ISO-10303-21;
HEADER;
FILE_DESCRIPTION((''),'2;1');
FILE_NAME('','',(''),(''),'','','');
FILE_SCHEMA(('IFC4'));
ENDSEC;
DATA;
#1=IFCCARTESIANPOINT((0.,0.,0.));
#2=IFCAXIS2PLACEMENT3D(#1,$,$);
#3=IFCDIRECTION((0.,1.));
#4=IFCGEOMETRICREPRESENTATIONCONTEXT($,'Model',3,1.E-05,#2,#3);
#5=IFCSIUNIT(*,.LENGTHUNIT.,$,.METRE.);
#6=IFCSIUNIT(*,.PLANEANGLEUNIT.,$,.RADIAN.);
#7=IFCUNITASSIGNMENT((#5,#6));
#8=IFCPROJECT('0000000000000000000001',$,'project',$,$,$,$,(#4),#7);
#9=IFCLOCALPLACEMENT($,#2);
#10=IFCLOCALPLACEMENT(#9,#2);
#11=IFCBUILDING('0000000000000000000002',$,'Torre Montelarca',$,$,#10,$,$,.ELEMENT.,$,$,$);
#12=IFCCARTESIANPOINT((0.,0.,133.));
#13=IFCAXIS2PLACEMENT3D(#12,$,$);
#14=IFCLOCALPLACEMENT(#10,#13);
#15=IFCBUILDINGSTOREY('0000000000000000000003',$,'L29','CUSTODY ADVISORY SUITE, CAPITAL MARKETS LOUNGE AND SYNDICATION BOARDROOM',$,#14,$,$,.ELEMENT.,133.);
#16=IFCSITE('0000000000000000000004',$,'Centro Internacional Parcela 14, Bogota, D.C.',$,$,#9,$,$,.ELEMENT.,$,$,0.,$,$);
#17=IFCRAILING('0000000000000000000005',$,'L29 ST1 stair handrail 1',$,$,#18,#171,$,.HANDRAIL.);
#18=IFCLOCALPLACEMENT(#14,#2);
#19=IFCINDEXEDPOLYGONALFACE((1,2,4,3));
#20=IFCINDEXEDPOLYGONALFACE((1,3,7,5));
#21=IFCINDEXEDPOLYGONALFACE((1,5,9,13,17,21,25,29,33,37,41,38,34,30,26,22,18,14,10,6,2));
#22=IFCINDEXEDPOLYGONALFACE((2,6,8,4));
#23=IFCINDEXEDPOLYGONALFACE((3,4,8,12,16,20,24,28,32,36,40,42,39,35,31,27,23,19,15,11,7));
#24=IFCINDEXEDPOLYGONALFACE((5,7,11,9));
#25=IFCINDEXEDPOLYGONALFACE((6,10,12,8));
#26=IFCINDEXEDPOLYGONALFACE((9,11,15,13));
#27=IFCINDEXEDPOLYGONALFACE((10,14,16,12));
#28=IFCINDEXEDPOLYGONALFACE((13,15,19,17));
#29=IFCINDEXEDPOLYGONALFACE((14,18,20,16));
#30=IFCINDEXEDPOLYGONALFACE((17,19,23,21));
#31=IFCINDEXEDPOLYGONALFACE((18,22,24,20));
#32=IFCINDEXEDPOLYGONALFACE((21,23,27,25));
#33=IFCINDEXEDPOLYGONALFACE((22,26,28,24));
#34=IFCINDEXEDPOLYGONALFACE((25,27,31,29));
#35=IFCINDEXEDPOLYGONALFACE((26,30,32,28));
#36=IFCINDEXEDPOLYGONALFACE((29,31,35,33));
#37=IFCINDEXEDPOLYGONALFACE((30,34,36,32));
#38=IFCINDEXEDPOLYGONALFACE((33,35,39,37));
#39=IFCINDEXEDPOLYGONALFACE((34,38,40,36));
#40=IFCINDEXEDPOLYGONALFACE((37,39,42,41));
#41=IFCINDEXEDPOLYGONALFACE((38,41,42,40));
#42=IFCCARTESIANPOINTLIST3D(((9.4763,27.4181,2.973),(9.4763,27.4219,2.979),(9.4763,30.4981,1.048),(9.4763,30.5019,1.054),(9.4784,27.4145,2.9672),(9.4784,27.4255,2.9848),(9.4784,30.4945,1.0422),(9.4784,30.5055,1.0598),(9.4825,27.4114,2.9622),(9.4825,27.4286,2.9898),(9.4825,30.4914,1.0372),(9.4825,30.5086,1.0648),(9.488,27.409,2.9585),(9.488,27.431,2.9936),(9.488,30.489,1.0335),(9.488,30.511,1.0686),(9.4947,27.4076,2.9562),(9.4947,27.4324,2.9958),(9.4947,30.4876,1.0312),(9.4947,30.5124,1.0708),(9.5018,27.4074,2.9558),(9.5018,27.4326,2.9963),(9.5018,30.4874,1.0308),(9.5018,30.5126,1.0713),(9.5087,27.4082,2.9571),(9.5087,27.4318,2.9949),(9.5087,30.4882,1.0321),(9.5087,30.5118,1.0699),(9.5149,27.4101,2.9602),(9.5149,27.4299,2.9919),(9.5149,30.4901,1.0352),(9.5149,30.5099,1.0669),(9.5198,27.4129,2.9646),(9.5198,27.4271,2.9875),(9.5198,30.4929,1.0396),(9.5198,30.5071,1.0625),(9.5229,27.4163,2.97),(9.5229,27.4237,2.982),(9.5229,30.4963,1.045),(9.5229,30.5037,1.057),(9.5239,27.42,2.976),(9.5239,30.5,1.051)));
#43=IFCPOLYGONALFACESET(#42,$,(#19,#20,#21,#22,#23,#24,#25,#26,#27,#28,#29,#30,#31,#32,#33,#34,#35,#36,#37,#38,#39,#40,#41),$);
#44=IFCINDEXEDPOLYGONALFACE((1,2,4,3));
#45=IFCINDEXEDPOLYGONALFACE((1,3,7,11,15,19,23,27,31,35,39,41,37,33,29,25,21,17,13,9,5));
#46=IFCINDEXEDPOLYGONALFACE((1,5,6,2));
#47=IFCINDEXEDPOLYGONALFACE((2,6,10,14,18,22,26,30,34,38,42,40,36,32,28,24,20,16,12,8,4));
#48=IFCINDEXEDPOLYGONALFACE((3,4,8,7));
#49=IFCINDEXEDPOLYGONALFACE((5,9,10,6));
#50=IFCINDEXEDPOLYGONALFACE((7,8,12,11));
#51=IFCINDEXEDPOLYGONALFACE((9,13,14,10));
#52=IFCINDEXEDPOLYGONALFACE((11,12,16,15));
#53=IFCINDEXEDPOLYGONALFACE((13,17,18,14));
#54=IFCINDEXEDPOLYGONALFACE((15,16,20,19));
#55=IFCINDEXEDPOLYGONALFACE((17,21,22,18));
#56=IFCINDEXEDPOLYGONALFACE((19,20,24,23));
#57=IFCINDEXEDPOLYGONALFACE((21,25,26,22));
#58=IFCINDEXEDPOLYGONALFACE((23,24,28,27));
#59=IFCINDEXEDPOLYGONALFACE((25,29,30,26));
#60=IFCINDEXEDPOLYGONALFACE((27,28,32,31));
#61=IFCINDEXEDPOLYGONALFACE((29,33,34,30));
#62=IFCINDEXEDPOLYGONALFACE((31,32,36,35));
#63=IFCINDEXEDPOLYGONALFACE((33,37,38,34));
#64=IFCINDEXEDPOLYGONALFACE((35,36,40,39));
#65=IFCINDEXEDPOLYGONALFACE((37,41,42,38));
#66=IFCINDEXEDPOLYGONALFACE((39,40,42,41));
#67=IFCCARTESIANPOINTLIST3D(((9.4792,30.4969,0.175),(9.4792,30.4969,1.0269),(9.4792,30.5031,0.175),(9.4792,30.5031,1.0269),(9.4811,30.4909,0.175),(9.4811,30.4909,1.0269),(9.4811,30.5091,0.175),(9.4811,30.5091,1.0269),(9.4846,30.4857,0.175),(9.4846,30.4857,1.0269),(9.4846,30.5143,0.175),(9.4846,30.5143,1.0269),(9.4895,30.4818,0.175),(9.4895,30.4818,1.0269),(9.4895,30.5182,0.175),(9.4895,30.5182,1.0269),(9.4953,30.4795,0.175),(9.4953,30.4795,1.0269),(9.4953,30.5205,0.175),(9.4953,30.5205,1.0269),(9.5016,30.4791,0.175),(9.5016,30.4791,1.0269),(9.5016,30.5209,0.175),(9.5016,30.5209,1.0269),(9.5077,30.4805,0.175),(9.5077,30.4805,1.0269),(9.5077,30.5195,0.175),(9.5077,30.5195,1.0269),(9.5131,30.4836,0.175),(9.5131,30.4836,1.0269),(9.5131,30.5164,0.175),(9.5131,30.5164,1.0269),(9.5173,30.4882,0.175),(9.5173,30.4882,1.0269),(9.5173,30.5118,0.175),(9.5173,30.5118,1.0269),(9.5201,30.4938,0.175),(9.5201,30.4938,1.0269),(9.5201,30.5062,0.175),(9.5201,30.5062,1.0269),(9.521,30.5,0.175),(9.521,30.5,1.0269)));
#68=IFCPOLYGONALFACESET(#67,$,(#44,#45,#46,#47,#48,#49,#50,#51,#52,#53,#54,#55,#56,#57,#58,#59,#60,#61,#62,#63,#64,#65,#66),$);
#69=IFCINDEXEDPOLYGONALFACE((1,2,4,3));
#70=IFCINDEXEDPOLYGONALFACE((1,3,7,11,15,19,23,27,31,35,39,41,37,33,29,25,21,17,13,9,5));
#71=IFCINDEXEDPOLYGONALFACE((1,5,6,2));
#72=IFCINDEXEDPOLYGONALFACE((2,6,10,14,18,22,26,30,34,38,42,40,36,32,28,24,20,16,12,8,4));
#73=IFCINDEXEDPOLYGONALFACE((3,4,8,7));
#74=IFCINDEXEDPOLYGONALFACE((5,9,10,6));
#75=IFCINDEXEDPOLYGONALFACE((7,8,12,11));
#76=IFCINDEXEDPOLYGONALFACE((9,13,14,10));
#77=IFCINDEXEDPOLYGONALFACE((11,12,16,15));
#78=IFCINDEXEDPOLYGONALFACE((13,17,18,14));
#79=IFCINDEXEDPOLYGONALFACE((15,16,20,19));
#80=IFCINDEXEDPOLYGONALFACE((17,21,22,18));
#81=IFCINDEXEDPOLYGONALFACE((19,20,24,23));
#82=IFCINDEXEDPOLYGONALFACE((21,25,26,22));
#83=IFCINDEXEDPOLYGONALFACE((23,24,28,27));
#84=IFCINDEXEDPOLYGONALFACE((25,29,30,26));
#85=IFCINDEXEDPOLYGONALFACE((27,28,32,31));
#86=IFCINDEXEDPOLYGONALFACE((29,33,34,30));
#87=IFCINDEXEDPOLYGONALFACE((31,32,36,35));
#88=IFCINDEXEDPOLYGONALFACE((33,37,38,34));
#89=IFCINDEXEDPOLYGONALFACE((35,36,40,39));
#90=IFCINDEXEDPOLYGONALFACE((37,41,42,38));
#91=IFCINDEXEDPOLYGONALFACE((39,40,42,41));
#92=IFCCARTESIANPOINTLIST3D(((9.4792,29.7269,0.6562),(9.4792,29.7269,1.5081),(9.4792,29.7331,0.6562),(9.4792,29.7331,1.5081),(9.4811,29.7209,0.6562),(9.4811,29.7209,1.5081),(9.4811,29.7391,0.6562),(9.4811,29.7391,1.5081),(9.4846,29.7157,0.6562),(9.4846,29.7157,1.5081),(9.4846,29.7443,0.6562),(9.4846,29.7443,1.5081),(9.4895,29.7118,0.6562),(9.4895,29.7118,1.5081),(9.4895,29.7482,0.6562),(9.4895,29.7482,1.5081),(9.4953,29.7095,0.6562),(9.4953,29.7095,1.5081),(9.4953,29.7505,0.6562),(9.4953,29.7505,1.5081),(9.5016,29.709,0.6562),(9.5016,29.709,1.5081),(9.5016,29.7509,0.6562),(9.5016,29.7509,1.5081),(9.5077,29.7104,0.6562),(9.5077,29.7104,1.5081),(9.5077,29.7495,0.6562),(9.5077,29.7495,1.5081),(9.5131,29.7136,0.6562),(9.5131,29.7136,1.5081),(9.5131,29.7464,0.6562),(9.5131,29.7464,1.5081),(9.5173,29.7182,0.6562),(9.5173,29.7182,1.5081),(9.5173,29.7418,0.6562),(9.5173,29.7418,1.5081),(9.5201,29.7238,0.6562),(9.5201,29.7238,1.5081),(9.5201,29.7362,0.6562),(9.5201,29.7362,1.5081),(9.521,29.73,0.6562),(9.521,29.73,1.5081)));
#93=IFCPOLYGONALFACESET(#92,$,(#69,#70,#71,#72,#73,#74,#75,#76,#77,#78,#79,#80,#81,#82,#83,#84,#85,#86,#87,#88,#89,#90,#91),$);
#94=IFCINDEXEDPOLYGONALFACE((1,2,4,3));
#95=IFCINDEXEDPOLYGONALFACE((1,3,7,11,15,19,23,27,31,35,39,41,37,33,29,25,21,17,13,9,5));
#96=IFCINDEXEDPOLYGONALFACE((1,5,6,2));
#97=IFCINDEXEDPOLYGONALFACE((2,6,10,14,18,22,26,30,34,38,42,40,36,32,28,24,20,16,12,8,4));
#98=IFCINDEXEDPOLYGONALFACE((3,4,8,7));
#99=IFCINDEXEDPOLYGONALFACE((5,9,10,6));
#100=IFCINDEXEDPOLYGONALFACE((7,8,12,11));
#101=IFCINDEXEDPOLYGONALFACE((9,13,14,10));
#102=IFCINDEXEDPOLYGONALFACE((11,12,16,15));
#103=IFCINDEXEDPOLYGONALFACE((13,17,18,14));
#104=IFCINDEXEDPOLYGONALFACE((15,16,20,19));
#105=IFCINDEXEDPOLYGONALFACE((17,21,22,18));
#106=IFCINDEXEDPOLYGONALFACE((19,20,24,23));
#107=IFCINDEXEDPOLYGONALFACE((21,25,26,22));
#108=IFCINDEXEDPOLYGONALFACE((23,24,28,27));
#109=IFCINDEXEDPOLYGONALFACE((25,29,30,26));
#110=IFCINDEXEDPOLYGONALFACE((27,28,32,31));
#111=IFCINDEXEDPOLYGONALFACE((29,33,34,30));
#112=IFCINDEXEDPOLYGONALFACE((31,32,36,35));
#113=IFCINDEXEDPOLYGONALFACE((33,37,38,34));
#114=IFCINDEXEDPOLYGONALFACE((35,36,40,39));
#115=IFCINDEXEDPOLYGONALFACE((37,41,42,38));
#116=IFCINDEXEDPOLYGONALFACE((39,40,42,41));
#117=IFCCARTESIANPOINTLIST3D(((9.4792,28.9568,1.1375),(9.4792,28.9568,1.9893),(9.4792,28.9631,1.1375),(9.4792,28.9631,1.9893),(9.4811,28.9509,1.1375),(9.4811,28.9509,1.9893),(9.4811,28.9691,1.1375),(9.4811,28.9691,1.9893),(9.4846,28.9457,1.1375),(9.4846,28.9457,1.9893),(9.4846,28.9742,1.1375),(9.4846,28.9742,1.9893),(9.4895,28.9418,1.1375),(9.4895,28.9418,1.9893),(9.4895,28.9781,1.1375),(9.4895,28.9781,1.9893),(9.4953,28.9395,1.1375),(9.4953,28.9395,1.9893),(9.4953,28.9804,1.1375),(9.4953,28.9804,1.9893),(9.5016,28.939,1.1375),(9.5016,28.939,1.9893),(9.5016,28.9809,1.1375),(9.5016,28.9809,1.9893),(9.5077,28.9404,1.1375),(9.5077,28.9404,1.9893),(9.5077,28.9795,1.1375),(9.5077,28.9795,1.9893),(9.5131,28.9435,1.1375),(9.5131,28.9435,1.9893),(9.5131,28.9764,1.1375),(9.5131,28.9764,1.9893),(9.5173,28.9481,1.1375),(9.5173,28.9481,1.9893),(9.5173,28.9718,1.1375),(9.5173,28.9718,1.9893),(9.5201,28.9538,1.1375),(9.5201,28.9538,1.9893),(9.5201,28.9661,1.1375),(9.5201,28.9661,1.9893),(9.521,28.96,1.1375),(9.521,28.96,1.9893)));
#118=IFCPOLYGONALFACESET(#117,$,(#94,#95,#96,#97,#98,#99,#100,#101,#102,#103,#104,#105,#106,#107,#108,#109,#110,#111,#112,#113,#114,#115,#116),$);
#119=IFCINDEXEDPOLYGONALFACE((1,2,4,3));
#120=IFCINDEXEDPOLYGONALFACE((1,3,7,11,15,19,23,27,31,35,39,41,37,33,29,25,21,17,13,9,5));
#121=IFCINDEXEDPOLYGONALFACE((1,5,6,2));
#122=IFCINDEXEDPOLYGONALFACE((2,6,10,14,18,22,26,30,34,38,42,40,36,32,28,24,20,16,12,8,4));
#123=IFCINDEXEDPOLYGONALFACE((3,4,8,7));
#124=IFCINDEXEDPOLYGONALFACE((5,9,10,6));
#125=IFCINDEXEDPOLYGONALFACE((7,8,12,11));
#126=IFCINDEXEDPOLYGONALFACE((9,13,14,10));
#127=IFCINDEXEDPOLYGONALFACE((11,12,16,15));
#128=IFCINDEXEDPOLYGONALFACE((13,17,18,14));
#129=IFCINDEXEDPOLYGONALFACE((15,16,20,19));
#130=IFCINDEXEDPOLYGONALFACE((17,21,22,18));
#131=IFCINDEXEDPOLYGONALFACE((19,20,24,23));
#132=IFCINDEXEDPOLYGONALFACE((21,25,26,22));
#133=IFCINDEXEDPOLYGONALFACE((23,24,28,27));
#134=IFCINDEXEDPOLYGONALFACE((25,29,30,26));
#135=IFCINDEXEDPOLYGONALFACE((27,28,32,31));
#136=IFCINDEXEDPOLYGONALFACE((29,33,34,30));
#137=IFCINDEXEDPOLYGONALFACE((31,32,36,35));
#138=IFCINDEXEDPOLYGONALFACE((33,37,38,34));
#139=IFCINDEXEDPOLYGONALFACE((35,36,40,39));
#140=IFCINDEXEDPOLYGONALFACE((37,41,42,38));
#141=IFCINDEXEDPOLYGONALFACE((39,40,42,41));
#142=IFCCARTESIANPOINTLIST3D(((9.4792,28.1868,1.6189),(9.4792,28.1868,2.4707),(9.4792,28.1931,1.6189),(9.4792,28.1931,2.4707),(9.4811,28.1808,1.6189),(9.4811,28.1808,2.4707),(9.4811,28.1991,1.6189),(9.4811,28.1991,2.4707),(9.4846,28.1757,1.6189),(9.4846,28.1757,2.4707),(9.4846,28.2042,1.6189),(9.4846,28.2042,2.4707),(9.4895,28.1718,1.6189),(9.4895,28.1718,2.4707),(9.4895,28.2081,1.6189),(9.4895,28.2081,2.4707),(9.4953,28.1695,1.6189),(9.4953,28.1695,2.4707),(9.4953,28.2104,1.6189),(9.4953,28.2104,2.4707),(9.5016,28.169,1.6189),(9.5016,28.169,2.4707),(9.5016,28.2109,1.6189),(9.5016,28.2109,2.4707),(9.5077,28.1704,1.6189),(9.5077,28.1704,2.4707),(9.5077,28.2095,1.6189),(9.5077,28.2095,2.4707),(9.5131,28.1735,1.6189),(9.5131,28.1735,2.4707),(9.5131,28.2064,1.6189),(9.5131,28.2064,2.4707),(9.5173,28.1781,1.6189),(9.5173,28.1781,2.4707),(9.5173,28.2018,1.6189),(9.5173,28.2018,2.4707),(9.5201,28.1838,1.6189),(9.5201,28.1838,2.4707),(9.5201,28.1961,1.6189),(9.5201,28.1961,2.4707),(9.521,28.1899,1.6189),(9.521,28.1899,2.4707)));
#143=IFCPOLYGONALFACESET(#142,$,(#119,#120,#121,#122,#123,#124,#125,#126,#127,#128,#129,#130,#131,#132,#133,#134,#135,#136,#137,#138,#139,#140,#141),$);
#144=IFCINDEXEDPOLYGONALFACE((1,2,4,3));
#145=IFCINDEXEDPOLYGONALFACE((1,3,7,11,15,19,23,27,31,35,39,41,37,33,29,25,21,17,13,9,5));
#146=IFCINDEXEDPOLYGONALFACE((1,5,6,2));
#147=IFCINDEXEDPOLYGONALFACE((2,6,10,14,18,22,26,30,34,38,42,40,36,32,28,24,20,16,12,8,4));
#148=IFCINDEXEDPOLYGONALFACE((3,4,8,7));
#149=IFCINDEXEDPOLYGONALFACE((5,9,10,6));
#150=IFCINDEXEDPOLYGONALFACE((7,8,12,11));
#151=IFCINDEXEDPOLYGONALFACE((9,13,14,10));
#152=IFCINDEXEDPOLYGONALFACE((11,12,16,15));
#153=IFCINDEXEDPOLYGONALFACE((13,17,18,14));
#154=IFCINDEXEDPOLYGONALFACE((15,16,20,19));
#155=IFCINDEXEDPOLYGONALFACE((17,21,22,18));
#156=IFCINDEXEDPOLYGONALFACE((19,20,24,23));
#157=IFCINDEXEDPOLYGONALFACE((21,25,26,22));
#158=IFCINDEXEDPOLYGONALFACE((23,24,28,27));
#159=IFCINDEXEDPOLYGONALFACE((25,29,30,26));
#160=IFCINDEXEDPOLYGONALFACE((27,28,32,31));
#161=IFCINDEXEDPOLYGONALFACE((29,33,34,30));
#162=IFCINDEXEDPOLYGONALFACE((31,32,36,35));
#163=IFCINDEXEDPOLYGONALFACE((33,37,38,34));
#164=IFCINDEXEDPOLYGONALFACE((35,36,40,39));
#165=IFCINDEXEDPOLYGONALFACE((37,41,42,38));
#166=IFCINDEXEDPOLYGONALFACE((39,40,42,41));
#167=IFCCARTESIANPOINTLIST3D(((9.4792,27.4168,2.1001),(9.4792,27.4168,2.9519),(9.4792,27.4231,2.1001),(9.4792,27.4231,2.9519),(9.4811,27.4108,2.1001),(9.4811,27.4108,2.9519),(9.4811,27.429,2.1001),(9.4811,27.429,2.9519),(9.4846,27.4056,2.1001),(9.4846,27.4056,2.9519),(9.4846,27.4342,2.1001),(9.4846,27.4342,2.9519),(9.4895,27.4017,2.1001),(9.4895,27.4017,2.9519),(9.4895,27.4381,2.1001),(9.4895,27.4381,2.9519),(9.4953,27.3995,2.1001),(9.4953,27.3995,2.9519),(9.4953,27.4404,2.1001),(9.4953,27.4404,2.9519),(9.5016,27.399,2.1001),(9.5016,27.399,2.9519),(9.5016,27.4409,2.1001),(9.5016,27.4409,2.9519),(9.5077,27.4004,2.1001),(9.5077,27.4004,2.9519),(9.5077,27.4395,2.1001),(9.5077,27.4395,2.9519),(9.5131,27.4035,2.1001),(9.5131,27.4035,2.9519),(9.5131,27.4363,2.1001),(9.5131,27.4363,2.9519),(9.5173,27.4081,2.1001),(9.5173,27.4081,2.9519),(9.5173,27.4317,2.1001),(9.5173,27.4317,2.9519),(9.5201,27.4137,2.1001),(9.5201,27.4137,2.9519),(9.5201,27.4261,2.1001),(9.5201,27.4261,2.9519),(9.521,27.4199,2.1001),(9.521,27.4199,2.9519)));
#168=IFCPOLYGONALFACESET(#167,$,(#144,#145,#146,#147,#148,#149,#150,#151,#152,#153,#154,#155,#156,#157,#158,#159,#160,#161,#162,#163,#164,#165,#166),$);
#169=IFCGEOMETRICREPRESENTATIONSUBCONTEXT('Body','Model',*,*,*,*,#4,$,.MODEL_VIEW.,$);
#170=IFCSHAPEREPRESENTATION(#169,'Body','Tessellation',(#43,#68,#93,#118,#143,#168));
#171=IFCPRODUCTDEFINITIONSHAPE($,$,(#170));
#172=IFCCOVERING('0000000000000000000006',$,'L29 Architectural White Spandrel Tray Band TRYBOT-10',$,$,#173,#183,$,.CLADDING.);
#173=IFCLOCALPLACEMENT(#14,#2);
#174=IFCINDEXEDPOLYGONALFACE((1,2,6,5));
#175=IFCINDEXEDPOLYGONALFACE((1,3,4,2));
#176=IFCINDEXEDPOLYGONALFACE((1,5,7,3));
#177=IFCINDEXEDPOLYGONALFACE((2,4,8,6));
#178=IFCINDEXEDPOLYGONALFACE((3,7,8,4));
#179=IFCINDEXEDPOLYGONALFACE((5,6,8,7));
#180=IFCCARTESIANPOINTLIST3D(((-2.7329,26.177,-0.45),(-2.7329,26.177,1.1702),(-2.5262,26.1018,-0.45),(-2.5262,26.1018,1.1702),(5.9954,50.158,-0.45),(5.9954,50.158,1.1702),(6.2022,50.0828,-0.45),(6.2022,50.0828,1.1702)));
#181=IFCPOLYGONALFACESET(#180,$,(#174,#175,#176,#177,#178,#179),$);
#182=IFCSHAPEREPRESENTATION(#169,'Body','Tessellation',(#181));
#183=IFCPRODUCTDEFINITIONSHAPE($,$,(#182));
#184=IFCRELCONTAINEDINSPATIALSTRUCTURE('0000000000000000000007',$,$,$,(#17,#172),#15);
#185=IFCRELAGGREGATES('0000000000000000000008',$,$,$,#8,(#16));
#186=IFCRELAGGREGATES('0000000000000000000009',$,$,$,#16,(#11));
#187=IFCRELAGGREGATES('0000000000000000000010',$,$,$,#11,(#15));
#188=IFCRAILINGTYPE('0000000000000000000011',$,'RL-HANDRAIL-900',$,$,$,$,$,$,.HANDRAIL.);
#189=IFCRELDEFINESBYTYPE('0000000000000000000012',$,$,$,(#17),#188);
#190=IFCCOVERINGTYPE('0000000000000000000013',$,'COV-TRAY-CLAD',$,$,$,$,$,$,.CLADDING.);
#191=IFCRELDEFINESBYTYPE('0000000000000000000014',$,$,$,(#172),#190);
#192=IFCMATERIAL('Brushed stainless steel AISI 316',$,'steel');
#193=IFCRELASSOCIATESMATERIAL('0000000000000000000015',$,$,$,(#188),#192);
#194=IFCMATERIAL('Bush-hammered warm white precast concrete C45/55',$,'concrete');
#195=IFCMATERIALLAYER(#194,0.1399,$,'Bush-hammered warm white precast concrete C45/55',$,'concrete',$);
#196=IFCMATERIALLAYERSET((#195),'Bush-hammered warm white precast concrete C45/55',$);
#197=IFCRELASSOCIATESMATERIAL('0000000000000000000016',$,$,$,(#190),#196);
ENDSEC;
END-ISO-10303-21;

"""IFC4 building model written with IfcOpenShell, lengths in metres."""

from ifc_helpers import new_model, si_unit, direction, frame, origin, origin_2d, place, context, subcontext, project, spatial, rectangle, circle, extrude, source, transform, mapped, material, layer, layer_set, type_object, element, save


model = new_model("IFC4")

# Units and contexts
model_context = context("Model", 3, precision=1e-05, world=origin(), true_north=direction((0.0, 1.0)))
body_context = subcontext(model_context, "Body", "Model", "MODEL_VIEW")
ifc_project = project(units=[si_unit("LENGTHUNIT", "METRE"), si_unit("PLANEANGLEUNIT", "RADIAN")], contexts=[model_context])

# Site, building, storey
site_placement = place(None, origin())
site = spatial("IfcSite", under=ifc_project, at=site_placement, Name="Centro Internacional Parcela 14, Bogota, D.C.", CompositionType="ELEMENT", RefElevation=0.0)
building_placement = place(site_placement, origin())
building = spatial("IfcBuilding", under=site, at=building_placement, Name="Torre Montelarca", CompositionType="ELEMENT")
storey_placement = place(building_placement, frame((0.0, 0.0, 133.0)))
storey = spatial("IfcBuildingStorey", under=building, at=storey_placement, Name="L29", Description="CUSTODY ADVISORY SUITE, CAPITAL MARKETS LOUNGE AND SYNDICATION BOARDROOM", CompositionType="ELEMENT", Elevation=133.0)

# Shared definitions
ifc_material_1 = material(Name="Brushed stainless steel AISI 316", Category="steel")

# Railing
railing_type_1 = type_object("IfcRailingType", Name="RL-HANDRAIL-900", PredefinedType="HANDRAIL", material=ifc_material_1)
railing_1_placement = place(storey_placement, frame((9.5, 30.5, 0.175)))
element("IfcRailing", 1, at=railing_1_placement, inside=storey, type_object=railing_type_1, Name="L29 ST1 stair handrail 1", PredefinedType="HANDRAIL", context=body_context, shape_type="SweptSolid", body=[
    extrude(circle(Radius=0.0239, at=origin_2d()), frame((0.0, 0.0, 0.876), z_axis=(0.0, -0.847998, 0.529999), x_axis=(1.0, 0.0, 0.0)), (0.0, 0.0, 1.0), 3.6321),
    extrude(circle(Radius=0.021, at=origin_2d()), origin(), (0.0, 0.0, 1.0), 0.8518),
    extrude(circle(Radius=0.021, at=origin_2d()), frame((0.0, -0.77, 0.4812)), (0.0, 0.0, 1.0), 0.8518),
    extrude(circle(Radius=0.021, at=origin_2d()), frame((0.0, -1.54, 0.9624)), (0.0, 0.0, 1.0), 0.8518),
    extrude(circle(Radius=0.021, at=origin_2d()), frame((0.0, -2.3101, 1.4438)), (0.0, 0.0, 1.0), 0.8518),
    extrude(circle(Radius=0.021, at=origin_2d()), frame((0.0, -3.0801, 1.925)), (0.0, 0.0, 1.0), 0.8518),
])

# Covering
ifc_material_2 = material(Name="Bush-hammered warm white precast concrete C45/55", Category="concrete")
ifc_layer_1 = layer(ifc_material_2, 0.1399, Name="Bush-hammered warm white precast concrete C45/55", Category="concrete")
ifc_layer_set_1 = layer_set([ifc_layer_1], Name="Bush-hammered warm white precast concrete C45/55")
covering_type = type_object("IfcCoveringType", Name="COV-TRAY-CLAD", PredefinedType="CLADDING", material=ifc_layer_set_1)
shared_shape_1 = source(origin(), body_context, "Body", "SweptSolid", [
    extrude(rectangle(XDim=25.52, YDim=0.22, at=origin_2d()), origin(), (0.0, 0.0, 1.0), 1.6201),
])
covering_placement = place(storey_placement, frame((1.7346, 38.1299, -0.45), z_axis=(0.0, 0.0, 1.0), x_axis=(-0.34202, -0.939693, 0.0)))
element("IfcCovering", 2, at=covering_placement, inside=storey, type_object=covering_type, Name="L29 Architectural White Spandrel Tray Band TRYBOT-10", PredefinedType="CLADDING", context=body_context, shape_type="MappedRepresentation", body=[
    mapped(shared_shape_1, transform((0.0, 0.0, 0.0), scale=1.0)),
])

save(model, "model.ifc")
